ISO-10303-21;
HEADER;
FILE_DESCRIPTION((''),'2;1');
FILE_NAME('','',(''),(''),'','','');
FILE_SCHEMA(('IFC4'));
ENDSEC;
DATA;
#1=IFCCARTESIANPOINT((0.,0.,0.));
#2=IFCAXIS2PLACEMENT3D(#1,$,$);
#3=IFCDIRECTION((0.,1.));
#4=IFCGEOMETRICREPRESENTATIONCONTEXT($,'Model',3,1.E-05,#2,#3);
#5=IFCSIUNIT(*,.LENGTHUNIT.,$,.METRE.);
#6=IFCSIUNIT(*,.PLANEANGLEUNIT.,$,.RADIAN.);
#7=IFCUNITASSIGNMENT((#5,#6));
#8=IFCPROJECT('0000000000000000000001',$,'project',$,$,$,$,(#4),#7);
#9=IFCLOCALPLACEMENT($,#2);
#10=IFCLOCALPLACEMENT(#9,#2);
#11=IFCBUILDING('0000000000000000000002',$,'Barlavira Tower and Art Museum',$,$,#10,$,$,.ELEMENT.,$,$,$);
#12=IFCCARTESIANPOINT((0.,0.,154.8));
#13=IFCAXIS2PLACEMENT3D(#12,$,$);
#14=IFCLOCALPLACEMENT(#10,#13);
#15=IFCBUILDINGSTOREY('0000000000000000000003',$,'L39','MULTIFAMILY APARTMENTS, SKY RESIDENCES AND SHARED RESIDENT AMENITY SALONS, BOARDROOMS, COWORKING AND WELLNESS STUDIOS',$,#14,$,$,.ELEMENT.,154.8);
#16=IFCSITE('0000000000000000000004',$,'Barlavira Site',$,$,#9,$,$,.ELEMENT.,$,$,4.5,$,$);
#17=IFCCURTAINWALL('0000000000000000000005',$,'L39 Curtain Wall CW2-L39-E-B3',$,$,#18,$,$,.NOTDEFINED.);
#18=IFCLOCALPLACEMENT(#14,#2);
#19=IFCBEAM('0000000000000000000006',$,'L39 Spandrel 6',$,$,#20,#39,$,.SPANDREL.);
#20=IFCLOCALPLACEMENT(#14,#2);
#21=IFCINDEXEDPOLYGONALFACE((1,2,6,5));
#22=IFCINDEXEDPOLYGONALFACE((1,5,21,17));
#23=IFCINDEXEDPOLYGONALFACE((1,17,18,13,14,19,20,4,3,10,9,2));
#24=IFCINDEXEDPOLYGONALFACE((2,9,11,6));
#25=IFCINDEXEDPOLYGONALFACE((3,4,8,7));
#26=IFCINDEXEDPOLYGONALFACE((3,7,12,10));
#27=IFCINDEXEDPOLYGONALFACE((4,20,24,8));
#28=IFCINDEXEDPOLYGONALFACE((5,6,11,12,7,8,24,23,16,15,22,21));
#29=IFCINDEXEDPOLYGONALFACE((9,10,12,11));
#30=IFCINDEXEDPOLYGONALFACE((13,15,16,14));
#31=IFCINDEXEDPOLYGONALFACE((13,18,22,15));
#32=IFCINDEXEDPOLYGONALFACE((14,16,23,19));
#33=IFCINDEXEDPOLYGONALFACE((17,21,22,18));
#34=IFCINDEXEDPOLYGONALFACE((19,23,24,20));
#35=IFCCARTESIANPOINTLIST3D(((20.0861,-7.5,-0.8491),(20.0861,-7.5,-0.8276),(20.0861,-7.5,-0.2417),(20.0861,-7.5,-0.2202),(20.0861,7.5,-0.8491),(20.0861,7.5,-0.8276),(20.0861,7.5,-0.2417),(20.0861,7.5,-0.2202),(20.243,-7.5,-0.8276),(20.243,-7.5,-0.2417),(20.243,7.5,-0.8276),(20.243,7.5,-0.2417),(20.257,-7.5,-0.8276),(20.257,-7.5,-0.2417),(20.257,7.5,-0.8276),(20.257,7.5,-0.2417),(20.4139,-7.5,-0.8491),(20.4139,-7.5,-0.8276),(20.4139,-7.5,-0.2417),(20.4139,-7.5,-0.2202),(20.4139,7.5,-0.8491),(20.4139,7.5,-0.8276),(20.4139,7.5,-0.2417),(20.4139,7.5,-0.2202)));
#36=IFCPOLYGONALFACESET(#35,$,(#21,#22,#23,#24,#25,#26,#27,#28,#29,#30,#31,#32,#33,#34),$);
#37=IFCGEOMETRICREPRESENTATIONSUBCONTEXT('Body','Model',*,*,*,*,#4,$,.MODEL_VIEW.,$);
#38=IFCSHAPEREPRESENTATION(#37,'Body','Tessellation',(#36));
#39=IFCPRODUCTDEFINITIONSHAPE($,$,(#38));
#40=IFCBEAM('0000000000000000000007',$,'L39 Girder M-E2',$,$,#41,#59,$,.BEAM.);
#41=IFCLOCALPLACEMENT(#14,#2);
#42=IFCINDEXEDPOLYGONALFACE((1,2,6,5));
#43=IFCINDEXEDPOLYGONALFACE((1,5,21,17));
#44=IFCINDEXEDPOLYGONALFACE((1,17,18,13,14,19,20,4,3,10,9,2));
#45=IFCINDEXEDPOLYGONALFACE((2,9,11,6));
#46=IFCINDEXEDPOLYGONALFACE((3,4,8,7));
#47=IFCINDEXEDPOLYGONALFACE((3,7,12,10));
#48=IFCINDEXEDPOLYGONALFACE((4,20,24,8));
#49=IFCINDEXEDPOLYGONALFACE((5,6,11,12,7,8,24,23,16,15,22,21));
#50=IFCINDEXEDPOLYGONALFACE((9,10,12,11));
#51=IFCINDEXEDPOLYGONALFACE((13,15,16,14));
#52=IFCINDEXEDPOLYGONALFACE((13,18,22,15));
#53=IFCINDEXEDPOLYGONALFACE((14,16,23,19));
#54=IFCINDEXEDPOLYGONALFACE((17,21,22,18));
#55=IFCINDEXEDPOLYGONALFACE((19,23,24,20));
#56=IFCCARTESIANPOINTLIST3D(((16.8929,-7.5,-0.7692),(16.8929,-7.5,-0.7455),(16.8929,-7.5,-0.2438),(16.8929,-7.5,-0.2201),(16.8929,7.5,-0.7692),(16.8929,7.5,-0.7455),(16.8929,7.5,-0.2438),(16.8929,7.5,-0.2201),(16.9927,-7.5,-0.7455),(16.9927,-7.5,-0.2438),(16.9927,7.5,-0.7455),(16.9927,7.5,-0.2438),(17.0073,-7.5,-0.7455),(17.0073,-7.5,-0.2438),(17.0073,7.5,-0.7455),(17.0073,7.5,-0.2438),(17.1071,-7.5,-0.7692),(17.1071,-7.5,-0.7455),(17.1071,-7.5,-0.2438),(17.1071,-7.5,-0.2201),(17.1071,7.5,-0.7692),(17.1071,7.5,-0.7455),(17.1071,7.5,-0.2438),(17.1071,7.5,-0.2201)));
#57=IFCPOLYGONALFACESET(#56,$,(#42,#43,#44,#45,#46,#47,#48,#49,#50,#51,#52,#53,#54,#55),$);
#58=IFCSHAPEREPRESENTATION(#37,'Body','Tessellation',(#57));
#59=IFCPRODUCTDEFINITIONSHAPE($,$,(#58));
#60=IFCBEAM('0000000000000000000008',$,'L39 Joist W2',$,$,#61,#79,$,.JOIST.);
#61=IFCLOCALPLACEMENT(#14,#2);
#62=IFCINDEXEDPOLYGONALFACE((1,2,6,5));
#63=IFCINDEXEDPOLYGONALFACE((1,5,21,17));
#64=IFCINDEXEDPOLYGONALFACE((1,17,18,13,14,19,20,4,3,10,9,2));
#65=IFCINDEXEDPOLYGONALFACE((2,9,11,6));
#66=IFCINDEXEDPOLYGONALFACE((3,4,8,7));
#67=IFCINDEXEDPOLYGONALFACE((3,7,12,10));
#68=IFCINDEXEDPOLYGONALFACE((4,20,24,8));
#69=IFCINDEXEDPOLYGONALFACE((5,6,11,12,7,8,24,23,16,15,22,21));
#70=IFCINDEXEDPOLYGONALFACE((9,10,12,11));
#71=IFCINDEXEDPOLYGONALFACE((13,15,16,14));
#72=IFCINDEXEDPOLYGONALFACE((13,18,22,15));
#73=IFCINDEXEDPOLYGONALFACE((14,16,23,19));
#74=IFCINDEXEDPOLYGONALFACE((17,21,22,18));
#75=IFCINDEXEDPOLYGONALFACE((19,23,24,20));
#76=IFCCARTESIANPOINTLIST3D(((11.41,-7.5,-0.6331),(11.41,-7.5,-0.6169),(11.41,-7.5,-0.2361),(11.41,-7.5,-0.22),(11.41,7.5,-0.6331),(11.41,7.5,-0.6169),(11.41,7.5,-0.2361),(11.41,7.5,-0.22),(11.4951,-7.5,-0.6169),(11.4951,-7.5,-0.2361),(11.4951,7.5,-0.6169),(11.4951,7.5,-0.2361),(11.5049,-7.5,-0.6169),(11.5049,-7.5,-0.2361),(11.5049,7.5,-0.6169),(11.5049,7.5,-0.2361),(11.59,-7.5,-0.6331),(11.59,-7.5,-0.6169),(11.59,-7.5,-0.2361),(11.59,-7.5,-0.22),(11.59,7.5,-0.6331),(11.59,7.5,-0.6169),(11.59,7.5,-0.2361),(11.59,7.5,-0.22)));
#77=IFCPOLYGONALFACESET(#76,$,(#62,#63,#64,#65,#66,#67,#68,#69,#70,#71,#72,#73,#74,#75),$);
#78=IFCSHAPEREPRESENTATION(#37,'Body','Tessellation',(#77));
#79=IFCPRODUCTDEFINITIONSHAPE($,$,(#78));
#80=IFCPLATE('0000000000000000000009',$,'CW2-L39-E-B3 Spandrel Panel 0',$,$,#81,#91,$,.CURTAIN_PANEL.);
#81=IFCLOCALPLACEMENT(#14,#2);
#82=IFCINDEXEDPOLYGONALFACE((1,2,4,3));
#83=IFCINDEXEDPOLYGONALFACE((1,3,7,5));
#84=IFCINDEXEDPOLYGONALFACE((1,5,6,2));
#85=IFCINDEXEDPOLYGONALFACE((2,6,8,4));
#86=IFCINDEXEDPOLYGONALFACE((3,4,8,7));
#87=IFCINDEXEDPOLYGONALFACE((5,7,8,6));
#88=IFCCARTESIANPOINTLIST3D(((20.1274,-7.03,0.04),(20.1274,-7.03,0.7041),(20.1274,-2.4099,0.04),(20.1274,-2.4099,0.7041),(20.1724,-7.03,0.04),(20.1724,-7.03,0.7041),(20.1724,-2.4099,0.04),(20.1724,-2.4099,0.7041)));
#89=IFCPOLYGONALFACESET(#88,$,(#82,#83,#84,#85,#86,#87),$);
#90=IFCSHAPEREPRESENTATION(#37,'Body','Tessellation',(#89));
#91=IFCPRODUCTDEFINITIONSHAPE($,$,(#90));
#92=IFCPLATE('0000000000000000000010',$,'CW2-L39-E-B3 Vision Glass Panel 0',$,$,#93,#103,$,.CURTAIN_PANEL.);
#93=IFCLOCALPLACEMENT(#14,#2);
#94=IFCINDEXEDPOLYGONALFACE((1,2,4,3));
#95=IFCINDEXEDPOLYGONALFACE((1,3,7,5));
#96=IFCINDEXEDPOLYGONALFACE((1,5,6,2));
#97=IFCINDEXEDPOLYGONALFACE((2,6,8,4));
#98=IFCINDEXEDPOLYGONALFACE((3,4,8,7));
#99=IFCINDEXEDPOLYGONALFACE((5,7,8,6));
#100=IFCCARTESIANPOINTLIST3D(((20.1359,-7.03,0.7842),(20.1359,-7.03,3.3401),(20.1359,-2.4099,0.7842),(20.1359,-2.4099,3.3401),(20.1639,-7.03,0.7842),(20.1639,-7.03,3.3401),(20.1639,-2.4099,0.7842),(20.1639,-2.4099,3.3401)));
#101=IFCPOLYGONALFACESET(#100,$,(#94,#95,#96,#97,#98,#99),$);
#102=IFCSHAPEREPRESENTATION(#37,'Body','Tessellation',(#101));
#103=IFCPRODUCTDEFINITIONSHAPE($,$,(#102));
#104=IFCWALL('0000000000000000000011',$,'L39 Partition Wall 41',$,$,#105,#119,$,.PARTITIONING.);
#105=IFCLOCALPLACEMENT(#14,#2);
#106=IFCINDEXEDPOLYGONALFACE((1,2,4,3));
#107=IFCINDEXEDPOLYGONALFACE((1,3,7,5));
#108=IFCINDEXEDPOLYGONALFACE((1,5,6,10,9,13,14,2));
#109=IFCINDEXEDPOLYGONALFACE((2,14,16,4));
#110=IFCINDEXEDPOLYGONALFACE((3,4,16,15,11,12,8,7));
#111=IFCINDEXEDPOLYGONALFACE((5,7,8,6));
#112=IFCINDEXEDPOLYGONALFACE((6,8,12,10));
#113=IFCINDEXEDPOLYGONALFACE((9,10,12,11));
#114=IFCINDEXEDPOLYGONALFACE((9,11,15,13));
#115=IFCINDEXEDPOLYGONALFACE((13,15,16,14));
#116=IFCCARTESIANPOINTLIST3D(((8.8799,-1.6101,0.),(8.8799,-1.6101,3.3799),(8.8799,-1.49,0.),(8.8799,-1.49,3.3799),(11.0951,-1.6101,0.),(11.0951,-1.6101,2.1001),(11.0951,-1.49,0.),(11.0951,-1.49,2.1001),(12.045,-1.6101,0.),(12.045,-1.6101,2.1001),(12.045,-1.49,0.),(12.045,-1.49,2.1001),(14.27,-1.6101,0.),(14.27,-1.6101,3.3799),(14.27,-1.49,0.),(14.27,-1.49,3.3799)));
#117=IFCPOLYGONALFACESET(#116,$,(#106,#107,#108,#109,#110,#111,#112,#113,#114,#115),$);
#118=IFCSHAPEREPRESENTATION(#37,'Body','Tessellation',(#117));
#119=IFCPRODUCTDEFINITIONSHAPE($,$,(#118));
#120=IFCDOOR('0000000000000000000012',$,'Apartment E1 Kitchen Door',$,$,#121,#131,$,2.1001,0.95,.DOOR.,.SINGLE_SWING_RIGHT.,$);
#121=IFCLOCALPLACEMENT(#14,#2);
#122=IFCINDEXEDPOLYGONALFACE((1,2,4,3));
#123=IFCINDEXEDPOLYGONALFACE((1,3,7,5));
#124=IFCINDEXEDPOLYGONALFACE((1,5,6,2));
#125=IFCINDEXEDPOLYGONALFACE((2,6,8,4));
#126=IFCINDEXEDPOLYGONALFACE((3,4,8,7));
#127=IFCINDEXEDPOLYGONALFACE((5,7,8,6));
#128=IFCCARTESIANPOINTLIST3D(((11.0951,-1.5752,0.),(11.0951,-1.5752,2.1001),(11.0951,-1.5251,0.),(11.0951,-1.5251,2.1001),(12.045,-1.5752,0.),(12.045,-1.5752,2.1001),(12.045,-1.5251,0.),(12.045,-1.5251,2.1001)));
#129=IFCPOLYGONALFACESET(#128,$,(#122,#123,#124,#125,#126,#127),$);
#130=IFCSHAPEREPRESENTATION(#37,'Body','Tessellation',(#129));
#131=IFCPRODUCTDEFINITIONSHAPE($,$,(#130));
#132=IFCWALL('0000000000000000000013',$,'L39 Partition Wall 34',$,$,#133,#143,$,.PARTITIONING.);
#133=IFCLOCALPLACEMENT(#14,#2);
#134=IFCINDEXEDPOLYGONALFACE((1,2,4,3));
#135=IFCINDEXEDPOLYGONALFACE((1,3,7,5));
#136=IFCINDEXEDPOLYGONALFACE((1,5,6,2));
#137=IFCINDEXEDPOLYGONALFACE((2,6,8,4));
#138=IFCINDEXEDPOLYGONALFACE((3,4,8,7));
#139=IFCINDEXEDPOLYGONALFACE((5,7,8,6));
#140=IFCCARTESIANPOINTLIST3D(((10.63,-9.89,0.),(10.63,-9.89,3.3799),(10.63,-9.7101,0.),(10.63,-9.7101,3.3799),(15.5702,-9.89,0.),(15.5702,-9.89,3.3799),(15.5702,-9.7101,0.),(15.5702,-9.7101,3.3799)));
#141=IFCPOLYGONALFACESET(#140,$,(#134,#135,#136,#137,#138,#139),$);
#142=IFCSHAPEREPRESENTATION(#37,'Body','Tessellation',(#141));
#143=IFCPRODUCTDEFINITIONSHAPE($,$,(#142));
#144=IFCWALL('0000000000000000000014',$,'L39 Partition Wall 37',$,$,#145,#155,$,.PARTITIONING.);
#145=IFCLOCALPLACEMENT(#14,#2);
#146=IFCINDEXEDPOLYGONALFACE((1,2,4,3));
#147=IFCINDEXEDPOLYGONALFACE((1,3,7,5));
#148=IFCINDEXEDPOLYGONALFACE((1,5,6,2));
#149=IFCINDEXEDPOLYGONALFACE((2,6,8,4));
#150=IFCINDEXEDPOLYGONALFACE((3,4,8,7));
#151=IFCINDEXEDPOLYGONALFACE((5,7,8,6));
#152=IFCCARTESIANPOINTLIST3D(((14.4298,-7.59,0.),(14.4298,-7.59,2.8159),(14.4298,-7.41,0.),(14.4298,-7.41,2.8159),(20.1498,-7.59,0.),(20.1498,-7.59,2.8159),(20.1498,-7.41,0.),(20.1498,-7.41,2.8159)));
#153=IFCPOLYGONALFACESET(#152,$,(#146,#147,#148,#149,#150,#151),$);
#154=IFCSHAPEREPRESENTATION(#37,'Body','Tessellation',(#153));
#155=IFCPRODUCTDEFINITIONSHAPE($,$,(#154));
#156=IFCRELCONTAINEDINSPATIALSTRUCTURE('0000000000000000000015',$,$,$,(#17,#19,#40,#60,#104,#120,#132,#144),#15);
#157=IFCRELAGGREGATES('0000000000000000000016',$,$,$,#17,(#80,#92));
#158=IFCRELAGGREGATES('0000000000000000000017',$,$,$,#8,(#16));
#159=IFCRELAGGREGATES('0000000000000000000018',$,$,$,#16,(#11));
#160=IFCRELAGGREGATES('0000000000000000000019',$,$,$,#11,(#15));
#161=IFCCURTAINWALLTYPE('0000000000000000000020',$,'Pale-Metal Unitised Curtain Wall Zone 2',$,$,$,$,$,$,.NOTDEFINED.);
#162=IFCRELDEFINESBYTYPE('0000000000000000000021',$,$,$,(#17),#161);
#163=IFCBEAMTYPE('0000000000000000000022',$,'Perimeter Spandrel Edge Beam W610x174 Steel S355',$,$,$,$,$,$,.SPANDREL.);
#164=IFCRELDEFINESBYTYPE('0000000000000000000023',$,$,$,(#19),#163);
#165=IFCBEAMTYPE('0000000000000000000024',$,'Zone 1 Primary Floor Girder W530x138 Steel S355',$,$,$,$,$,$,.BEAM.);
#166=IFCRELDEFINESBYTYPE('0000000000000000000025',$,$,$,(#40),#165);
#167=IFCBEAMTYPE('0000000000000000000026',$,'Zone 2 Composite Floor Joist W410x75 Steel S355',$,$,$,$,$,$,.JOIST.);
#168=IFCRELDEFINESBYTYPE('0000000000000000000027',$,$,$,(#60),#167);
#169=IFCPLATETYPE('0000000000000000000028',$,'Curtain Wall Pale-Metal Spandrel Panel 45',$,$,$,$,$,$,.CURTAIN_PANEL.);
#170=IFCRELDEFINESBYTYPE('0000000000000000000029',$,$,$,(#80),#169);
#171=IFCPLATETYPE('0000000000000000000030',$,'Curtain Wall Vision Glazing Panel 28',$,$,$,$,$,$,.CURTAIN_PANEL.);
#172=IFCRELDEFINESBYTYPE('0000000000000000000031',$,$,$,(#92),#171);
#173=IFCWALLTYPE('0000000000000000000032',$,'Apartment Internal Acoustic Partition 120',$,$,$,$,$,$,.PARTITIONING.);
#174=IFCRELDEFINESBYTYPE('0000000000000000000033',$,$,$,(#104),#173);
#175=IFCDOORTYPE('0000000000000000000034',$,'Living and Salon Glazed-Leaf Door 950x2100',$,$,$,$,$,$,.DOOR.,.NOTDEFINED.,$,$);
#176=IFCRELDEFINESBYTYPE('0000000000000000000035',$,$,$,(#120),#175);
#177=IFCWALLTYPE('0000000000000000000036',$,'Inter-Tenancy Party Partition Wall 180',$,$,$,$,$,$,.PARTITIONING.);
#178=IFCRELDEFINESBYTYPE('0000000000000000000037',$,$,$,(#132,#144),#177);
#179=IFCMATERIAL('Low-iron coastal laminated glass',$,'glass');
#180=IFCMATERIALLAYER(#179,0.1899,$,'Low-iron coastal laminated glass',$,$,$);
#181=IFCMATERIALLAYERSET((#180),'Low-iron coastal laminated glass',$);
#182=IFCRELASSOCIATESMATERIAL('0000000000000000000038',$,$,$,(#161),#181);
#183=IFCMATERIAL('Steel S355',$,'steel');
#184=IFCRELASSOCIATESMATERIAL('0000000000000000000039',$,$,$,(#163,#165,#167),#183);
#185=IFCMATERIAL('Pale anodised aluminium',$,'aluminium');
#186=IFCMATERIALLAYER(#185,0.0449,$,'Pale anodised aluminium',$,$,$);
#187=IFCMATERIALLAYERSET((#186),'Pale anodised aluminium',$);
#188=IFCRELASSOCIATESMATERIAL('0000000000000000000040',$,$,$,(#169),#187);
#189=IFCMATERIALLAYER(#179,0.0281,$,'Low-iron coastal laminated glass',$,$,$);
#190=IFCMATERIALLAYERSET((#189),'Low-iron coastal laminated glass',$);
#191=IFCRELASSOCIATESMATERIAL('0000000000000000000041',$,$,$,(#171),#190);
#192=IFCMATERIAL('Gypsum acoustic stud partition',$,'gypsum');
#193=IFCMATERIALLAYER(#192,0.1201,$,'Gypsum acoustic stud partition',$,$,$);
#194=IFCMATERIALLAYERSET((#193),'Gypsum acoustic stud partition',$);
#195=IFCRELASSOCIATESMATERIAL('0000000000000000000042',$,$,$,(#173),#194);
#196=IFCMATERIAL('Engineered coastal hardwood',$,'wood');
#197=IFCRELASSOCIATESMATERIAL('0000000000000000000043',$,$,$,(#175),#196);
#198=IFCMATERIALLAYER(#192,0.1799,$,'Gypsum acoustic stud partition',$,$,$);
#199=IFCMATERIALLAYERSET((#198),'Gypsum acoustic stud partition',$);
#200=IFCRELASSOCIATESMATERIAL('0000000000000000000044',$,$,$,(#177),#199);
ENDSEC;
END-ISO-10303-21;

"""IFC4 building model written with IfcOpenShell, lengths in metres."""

from ifc_helpers import new_model, si_unit, direction, frame, frame_2d, origin, origin_2d, place, context, subcontext, project, spatial, rectangle, i_section, extrude, material, layer, layer_set, material_profile, profile_set, type_object, element, fill, aggregate, save


model = new_model("IFC4")

# Units and contexts
model_context = context("Model", 3, precision=1e-05, world=origin(), true_north=direction((0.0, 1.0)))
body_context = subcontext(model_context, "Body", "Model", "MODEL_VIEW")
ifc_project = project(units=[si_unit("LENGTHUNIT", "METRE"), si_unit("PLANEANGLEUNIT", "RADIAN")], contexts=[model_context])

# Site, building, storey
site_placement = place(None, origin())
site = spatial("IfcSite", under=ifc_project, at=site_placement, Name="Barlavira Site", CompositionType="ELEMENT", RefElevation=4.5)
building_placement = place(site_placement, origin())
building = spatial("IfcBuilding", under=site, at=building_placement, Name="Barlavira Tower and Art Museum", CompositionType="ELEMENT")
storey_placement = place(building_placement, frame((0.0, 0.0, 154.8)))
storey = spatial("IfcBuildingStorey", under=building, at=storey_placement, Name="L39", Description="MULTIFAMILY APARTMENTS, SKY RESIDENCES AND SHARED RESIDENT AMENITY SALONS, BOARDROOMS, COWORKING AND WELLNESS STUDIOS", CompositionType="ELEMENT", Elevation=154.8)

# Curtain wall
ifc_material_1 = material(Name="Low-iron coastal laminated glass", Category="glass")
ifc_layer_1 = layer(ifc_material_1, 0.1899, Name="Low-iron coastal laminated glass")
ifc_layer_set_1 = layer_set([ifc_layer_1], Name="Low-iron coastal laminated glass")
curtain_wall_type = type_object("IfcCurtainWallType", Name="Pale-Metal Unitised Curtain Wall Zone 2", PredefinedType="NOTDEFINED", material=ifc_layer_set_1)
curtain_wall_placement = place(storey_placement, origin())
curtain_wall = element("IfcCurtainWall", 1, at=curtain_wall_placement, inside=storey, type_object=curtain_wall_type, Name="L39 Curtain Wall CW2-L39-E-B3", PredefinedType="NOTDEFINED")
ifc_material_2 = material(Name="Pale anodised aluminium", Category="aluminium")

# Beams
ifc_material_3 = material(Name="Steel S355", Category="steel")
ifc_material_profile_1 = material_profile(ifc_material_3, i_section(OverallWidth=0.3279, OverallDepth=0.6289, WebThickness=0.0139, FlangeThickness=0.0215, at=origin_2d()), Name="W610x174.0")
ifc_profile_set_1 = profile_set([ifc_material_profile_1], Name="Steel S355")
beam_type_1 = type_object("IfcBeamType", Name="Perimeter Spandrel Edge Beam W610x174 Steel S355", PredefinedType="SPANDREL", material=ifc_profile_set_1)
beam_1_placement = place(storey_placement, frame((20.25, -7.5, -0.5347), z_axis=(0.0, 1.0, 0.0), x_axis=(-1.0, 0.0, 0.0)))
element("IfcBeam", 2, at=beam_1_placement, inside=storey, type_object=beam_type_1, Name="L39 Spandrel 6", PredefinedType="SPANDREL", context=body_context, shape_type="SweptSolid", body=[
    extrude(i_section(OverallWidth=0.3279, OverallDepth=0.6289, WebThickness=0.0139, FlangeThickness=0.0215, at=origin_2d()), origin(), (0.0, 0.0, 1.0), 15.0),
])
ifc_material_profile_2 = material_profile(ifc_material_3, i_section(OverallWidth=0.2141, OverallDepth=0.5491, WebThickness=0.0146, FlangeThickness=0.0237, at=origin_2d()), Name="W530x138.0")
ifc_profile_set_2 = profile_set([ifc_material_profile_2], Name="Steel S355")
beam_type_2 = type_object("IfcBeamType", Name="Zone 1 Primary Floor Girder W530x138 Steel S355", PredefinedType="BEAM", material=ifc_profile_set_2)
beam_2_placement = place(storey_placement, frame((17.0, -7.5, -0.4946), z_axis=(0.0, 1.0, 0.0), x_axis=(-1.0, 0.0, 0.0)))
element("IfcBeam", 3, at=beam_2_placement, inside=storey, type_object=beam_type_2, Name="L39 Girder M-E2", PredefinedType="BEAM", context=body_context, shape_type="SweptSolid", body=[
    extrude(i_section(OverallWidth=0.2141, OverallDepth=0.5491, WebThickness=0.0146, FlangeThickness=0.0237, at=origin_2d()), origin(), (0.0, 0.0, 1.0), 15.0),
])
ifc_material_profile_3 = material_profile(ifc_material_3, i_section(OverallWidth=0.1799, OverallDepth=0.4131, WebThickness=0.0098, FlangeThickness=0.0161, at=origin_2d()), Name="W410x75.0")
ifc_profile_set_3 = profile_set([ifc_material_profile_3], Name="Steel S355")
beam_type_3 = type_object("IfcBeamType", Name="Zone 2 Composite Floor Joist W410x75 Steel S355", PredefinedType="JOIST", material=ifc_profile_set_3)
beam_3_placement = place(storey_placement, frame((11.5, -7.5, -0.4265), z_axis=(0.0, 1.0, 0.0), x_axis=(-1.0, 0.0, 0.0)))
element("IfcBeam", 4, at=beam_3_placement, inside=storey, type_object=beam_type_3, Name="L39 Joist W2", PredefinedType="JOIST", context=body_context, shape_type="SweptSolid", body=[
    extrude(i_section(OverallWidth=0.1799, OverallDepth=0.4131, WebThickness=0.0098, FlangeThickness=0.0161, at=origin_2d()), origin(), (0.0, 0.0, 1.0), 15.0),
])

# Plates
ifc_layer_2 = layer(ifc_material_2, 0.0449, Name="Pale anodised aluminium")
ifc_layer_set_2 = layer_set([ifc_layer_2], Name="Pale anodised aluminium")
plate_type_1 = type_object("IfcPlateType", Name="Curtain Wall Pale-Metal Spandrel Panel 45", PredefinedType="CURTAIN_PANEL", material=ifc_layer_set_2)
plate_1_placement = place(storey_placement, frame((20.1499, -4.72, 0.04), z_axis=(0.0, 0.0, 1.0), x_axis=(0.0, 1.0, 0.0)))
plate_1 = element("IfcPlate", 5, at=plate_1_placement, type_object=plate_type_1, Name="CW2-L39-E-B3 Spandrel Panel 0", PredefinedType="CURTAIN_PANEL", context=body_context, shape_type="SweptSolid", body=[
    extrude(rectangle(XDim=4.6201, YDim=0.0449, at=origin_2d()), origin(), (0.0, 0.0, 1.0), 0.6641),
])
ifc_layer_3 = layer(ifc_material_1, 0.0281, Name="Low-iron coastal laminated glass")
ifc_layer_set_3 = layer_set([ifc_layer_3], Name="Low-iron coastal laminated glass")
plate_type_2 = type_object("IfcPlateType", Name="Curtain Wall Vision Glazing Panel 28", PredefinedType="CURTAIN_PANEL", material=ifc_layer_set_3)
plate_2_placement = place(storey_placement, frame((20.1499, -4.72, 0.7842), z_axis=(0.0, 0.0, 1.0), x_axis=(0.0, 1.0, 0.0)))
plate_2 = element("IfcPlate", 6, at=plate_2_placement, type_object=plate_type_2, Name="CW2-L39-E-B3 Vision Glass Panel 0", PredefinedType="CURTAIN_PANEL", context=body_context, shape_type="SweptSolid", body=[
    extrude(rectangle(XDim=4.6201, YDim=0.0281, at=origin_2d()), origin(), (0.0, 0.0, 1.0), 2.5559),
])
aggregate(curtain_wall, [plate_1, plate_2])

# Wall, opening, door
ifc_material_4 = material(Name="Gypsum acoustic stud partition", Category="gypsum")
ifc_layer_4 = layer(ifc_material_4, 0.1201, Name="Gypsum acoustic stud partition")
ifc_layer_set_4 = layer_set([ifc_layer_4], Name="Gypsum acoustic stud partition")
wall_type_1 = type_object("IfcWallType", Name="Apartment Internal Acoustic Partition 120", PredefinedType="PARTITIONING", material=ifc_layer_set_4)
wall_1_placement = place(storey_placement, frame((8.8799, -1.55, 0.0), z_axis=(0.0, 0.0, 1.0), x_axis=(1.0, 0.0, 0.0)))
wall_1 = element("IfcWall", 7, at=wall_1_placement, inside=storey, type_object=wall_type_1, Name="L39 Partition Wall 41", PredefinedType="PARTITIONING", context=body_context, shape_type="SweptSolid", body=[
    extrude(rectangle(XDim=5.3901, YDim=0.1201, at=frame_2d((2.6951, 0.0))), origin(), (0.0, 0.0, 1.0), 3.3799),
])
opening_1_placement = place(wall_1_placement, frame((2.2151, 0.0, 0.0)))
opening_1 = element("IfcOpeningElement", 8, at=opening_1_placement, cuts=wall_1, PredefinedType="OPENING", context=body_context, shape_type="SweptSolid", body=[
    extrude(rectangle(XDim=0.95, YDim=2.1001, at=frame_2d((0.4751, 1.05))), frame((0.0, 0.0701, 0.0), z_axis=(0.0, -1.0, 0.0), x_axis=(1.0, 0.0, 0.0)), (0.0, 0.0, 1.0), 0.1401),
])
ifc_material_5 = material(Name="Engineered coastal hardwood", Category="wood")
door_type_1 = type_object("IfcDoorType", Name="Living and Salon Glazed-Leaf Door 950x2100", OperationType="NOTDEFINED", PredefinedType="DOOR", material=ifc_material_5)
door_1_placement = place(opening_1_placement, origin())
door_1 = element("IfcDoor", 9, at=door_1_placement, inside=storey, type_object=door_type_1, Name="Apartment E1 Kitchen Door", OperationType="SINGLE_SWING_RIGHT", OverallHeight=2.1001, OverallWidth=0.95, PredefinedType="DOOR", context=body_context, shape_type="SweptSolid", body=[
    extrude(rectangle(XDim=0.95, YDim=2.1001, at=frame_2d((0.4751, 1.05))), frame((0.0, 0.0249, 0.0), z_axis=(0.0, -1.0, 0.0), x_axis=(1.0, 0.0, 0.0)), (0.0, 0.0, 1.0), 0.05),
])
fill(opening_1, door_1)

# Walls
ifc_layer_5 = layer(ifc_material_4, 0.1799, Name="Gypsum acoustic stud partition")
ifc_layer_set_5 = layer_set([ifc_layer_5], Name="Gypsum acoustic stud partition")
wall_type_2 = type_object("IfcWallType", Name="Inter-Tenancy Party Partition Wall 180", PredefinedType="PARTITIONING", material=ifc_layer_set_5)
wall_2_placement = place(storey_placement, frame((10.6299, -9.8, 0.0), z_axis=(0.0, 0.0, 1.0), x_axis=(1.0, 0.0, 0.0)))
element("IfcWall", 10, at=wall_2_placement, inside=storey, type_object=wall_type_2, Name="L39 Partition Wall 34", PredefinedType="PARTITIONING", context=body_context, shape_type="SweptSolid", body=[
    extrude(rectangle(XDim=4.9402, YDim=0.1799, at=frame_2d((2.4702, 0.0))), origin(), (0.0, 0.0, 1.0), 3.3799),
])
wall_3_placement = place(storey_placement, frame((14.4299, -7.5, 0.0), z_axis=(0.0, 0.0, 1.0), x_axis=(1.0, 0.0, 0.0)))
element("IfcWall", 11, at=wall_3_placement, inside=storey, type_object=wall_type_2, Name="L39 Partition Wall 37", PredefinedType="PARTITIONING", context=body_context, shape_type="SweptSolid", body=[
    extrude(rectangle(XDim=5.72, YDim=0.1799, at=frame_2d((2.8599, 0.0))), origin(), (0.0, 0.0, 1.0), 2.8159),
])

save(model, "model.ifc")
